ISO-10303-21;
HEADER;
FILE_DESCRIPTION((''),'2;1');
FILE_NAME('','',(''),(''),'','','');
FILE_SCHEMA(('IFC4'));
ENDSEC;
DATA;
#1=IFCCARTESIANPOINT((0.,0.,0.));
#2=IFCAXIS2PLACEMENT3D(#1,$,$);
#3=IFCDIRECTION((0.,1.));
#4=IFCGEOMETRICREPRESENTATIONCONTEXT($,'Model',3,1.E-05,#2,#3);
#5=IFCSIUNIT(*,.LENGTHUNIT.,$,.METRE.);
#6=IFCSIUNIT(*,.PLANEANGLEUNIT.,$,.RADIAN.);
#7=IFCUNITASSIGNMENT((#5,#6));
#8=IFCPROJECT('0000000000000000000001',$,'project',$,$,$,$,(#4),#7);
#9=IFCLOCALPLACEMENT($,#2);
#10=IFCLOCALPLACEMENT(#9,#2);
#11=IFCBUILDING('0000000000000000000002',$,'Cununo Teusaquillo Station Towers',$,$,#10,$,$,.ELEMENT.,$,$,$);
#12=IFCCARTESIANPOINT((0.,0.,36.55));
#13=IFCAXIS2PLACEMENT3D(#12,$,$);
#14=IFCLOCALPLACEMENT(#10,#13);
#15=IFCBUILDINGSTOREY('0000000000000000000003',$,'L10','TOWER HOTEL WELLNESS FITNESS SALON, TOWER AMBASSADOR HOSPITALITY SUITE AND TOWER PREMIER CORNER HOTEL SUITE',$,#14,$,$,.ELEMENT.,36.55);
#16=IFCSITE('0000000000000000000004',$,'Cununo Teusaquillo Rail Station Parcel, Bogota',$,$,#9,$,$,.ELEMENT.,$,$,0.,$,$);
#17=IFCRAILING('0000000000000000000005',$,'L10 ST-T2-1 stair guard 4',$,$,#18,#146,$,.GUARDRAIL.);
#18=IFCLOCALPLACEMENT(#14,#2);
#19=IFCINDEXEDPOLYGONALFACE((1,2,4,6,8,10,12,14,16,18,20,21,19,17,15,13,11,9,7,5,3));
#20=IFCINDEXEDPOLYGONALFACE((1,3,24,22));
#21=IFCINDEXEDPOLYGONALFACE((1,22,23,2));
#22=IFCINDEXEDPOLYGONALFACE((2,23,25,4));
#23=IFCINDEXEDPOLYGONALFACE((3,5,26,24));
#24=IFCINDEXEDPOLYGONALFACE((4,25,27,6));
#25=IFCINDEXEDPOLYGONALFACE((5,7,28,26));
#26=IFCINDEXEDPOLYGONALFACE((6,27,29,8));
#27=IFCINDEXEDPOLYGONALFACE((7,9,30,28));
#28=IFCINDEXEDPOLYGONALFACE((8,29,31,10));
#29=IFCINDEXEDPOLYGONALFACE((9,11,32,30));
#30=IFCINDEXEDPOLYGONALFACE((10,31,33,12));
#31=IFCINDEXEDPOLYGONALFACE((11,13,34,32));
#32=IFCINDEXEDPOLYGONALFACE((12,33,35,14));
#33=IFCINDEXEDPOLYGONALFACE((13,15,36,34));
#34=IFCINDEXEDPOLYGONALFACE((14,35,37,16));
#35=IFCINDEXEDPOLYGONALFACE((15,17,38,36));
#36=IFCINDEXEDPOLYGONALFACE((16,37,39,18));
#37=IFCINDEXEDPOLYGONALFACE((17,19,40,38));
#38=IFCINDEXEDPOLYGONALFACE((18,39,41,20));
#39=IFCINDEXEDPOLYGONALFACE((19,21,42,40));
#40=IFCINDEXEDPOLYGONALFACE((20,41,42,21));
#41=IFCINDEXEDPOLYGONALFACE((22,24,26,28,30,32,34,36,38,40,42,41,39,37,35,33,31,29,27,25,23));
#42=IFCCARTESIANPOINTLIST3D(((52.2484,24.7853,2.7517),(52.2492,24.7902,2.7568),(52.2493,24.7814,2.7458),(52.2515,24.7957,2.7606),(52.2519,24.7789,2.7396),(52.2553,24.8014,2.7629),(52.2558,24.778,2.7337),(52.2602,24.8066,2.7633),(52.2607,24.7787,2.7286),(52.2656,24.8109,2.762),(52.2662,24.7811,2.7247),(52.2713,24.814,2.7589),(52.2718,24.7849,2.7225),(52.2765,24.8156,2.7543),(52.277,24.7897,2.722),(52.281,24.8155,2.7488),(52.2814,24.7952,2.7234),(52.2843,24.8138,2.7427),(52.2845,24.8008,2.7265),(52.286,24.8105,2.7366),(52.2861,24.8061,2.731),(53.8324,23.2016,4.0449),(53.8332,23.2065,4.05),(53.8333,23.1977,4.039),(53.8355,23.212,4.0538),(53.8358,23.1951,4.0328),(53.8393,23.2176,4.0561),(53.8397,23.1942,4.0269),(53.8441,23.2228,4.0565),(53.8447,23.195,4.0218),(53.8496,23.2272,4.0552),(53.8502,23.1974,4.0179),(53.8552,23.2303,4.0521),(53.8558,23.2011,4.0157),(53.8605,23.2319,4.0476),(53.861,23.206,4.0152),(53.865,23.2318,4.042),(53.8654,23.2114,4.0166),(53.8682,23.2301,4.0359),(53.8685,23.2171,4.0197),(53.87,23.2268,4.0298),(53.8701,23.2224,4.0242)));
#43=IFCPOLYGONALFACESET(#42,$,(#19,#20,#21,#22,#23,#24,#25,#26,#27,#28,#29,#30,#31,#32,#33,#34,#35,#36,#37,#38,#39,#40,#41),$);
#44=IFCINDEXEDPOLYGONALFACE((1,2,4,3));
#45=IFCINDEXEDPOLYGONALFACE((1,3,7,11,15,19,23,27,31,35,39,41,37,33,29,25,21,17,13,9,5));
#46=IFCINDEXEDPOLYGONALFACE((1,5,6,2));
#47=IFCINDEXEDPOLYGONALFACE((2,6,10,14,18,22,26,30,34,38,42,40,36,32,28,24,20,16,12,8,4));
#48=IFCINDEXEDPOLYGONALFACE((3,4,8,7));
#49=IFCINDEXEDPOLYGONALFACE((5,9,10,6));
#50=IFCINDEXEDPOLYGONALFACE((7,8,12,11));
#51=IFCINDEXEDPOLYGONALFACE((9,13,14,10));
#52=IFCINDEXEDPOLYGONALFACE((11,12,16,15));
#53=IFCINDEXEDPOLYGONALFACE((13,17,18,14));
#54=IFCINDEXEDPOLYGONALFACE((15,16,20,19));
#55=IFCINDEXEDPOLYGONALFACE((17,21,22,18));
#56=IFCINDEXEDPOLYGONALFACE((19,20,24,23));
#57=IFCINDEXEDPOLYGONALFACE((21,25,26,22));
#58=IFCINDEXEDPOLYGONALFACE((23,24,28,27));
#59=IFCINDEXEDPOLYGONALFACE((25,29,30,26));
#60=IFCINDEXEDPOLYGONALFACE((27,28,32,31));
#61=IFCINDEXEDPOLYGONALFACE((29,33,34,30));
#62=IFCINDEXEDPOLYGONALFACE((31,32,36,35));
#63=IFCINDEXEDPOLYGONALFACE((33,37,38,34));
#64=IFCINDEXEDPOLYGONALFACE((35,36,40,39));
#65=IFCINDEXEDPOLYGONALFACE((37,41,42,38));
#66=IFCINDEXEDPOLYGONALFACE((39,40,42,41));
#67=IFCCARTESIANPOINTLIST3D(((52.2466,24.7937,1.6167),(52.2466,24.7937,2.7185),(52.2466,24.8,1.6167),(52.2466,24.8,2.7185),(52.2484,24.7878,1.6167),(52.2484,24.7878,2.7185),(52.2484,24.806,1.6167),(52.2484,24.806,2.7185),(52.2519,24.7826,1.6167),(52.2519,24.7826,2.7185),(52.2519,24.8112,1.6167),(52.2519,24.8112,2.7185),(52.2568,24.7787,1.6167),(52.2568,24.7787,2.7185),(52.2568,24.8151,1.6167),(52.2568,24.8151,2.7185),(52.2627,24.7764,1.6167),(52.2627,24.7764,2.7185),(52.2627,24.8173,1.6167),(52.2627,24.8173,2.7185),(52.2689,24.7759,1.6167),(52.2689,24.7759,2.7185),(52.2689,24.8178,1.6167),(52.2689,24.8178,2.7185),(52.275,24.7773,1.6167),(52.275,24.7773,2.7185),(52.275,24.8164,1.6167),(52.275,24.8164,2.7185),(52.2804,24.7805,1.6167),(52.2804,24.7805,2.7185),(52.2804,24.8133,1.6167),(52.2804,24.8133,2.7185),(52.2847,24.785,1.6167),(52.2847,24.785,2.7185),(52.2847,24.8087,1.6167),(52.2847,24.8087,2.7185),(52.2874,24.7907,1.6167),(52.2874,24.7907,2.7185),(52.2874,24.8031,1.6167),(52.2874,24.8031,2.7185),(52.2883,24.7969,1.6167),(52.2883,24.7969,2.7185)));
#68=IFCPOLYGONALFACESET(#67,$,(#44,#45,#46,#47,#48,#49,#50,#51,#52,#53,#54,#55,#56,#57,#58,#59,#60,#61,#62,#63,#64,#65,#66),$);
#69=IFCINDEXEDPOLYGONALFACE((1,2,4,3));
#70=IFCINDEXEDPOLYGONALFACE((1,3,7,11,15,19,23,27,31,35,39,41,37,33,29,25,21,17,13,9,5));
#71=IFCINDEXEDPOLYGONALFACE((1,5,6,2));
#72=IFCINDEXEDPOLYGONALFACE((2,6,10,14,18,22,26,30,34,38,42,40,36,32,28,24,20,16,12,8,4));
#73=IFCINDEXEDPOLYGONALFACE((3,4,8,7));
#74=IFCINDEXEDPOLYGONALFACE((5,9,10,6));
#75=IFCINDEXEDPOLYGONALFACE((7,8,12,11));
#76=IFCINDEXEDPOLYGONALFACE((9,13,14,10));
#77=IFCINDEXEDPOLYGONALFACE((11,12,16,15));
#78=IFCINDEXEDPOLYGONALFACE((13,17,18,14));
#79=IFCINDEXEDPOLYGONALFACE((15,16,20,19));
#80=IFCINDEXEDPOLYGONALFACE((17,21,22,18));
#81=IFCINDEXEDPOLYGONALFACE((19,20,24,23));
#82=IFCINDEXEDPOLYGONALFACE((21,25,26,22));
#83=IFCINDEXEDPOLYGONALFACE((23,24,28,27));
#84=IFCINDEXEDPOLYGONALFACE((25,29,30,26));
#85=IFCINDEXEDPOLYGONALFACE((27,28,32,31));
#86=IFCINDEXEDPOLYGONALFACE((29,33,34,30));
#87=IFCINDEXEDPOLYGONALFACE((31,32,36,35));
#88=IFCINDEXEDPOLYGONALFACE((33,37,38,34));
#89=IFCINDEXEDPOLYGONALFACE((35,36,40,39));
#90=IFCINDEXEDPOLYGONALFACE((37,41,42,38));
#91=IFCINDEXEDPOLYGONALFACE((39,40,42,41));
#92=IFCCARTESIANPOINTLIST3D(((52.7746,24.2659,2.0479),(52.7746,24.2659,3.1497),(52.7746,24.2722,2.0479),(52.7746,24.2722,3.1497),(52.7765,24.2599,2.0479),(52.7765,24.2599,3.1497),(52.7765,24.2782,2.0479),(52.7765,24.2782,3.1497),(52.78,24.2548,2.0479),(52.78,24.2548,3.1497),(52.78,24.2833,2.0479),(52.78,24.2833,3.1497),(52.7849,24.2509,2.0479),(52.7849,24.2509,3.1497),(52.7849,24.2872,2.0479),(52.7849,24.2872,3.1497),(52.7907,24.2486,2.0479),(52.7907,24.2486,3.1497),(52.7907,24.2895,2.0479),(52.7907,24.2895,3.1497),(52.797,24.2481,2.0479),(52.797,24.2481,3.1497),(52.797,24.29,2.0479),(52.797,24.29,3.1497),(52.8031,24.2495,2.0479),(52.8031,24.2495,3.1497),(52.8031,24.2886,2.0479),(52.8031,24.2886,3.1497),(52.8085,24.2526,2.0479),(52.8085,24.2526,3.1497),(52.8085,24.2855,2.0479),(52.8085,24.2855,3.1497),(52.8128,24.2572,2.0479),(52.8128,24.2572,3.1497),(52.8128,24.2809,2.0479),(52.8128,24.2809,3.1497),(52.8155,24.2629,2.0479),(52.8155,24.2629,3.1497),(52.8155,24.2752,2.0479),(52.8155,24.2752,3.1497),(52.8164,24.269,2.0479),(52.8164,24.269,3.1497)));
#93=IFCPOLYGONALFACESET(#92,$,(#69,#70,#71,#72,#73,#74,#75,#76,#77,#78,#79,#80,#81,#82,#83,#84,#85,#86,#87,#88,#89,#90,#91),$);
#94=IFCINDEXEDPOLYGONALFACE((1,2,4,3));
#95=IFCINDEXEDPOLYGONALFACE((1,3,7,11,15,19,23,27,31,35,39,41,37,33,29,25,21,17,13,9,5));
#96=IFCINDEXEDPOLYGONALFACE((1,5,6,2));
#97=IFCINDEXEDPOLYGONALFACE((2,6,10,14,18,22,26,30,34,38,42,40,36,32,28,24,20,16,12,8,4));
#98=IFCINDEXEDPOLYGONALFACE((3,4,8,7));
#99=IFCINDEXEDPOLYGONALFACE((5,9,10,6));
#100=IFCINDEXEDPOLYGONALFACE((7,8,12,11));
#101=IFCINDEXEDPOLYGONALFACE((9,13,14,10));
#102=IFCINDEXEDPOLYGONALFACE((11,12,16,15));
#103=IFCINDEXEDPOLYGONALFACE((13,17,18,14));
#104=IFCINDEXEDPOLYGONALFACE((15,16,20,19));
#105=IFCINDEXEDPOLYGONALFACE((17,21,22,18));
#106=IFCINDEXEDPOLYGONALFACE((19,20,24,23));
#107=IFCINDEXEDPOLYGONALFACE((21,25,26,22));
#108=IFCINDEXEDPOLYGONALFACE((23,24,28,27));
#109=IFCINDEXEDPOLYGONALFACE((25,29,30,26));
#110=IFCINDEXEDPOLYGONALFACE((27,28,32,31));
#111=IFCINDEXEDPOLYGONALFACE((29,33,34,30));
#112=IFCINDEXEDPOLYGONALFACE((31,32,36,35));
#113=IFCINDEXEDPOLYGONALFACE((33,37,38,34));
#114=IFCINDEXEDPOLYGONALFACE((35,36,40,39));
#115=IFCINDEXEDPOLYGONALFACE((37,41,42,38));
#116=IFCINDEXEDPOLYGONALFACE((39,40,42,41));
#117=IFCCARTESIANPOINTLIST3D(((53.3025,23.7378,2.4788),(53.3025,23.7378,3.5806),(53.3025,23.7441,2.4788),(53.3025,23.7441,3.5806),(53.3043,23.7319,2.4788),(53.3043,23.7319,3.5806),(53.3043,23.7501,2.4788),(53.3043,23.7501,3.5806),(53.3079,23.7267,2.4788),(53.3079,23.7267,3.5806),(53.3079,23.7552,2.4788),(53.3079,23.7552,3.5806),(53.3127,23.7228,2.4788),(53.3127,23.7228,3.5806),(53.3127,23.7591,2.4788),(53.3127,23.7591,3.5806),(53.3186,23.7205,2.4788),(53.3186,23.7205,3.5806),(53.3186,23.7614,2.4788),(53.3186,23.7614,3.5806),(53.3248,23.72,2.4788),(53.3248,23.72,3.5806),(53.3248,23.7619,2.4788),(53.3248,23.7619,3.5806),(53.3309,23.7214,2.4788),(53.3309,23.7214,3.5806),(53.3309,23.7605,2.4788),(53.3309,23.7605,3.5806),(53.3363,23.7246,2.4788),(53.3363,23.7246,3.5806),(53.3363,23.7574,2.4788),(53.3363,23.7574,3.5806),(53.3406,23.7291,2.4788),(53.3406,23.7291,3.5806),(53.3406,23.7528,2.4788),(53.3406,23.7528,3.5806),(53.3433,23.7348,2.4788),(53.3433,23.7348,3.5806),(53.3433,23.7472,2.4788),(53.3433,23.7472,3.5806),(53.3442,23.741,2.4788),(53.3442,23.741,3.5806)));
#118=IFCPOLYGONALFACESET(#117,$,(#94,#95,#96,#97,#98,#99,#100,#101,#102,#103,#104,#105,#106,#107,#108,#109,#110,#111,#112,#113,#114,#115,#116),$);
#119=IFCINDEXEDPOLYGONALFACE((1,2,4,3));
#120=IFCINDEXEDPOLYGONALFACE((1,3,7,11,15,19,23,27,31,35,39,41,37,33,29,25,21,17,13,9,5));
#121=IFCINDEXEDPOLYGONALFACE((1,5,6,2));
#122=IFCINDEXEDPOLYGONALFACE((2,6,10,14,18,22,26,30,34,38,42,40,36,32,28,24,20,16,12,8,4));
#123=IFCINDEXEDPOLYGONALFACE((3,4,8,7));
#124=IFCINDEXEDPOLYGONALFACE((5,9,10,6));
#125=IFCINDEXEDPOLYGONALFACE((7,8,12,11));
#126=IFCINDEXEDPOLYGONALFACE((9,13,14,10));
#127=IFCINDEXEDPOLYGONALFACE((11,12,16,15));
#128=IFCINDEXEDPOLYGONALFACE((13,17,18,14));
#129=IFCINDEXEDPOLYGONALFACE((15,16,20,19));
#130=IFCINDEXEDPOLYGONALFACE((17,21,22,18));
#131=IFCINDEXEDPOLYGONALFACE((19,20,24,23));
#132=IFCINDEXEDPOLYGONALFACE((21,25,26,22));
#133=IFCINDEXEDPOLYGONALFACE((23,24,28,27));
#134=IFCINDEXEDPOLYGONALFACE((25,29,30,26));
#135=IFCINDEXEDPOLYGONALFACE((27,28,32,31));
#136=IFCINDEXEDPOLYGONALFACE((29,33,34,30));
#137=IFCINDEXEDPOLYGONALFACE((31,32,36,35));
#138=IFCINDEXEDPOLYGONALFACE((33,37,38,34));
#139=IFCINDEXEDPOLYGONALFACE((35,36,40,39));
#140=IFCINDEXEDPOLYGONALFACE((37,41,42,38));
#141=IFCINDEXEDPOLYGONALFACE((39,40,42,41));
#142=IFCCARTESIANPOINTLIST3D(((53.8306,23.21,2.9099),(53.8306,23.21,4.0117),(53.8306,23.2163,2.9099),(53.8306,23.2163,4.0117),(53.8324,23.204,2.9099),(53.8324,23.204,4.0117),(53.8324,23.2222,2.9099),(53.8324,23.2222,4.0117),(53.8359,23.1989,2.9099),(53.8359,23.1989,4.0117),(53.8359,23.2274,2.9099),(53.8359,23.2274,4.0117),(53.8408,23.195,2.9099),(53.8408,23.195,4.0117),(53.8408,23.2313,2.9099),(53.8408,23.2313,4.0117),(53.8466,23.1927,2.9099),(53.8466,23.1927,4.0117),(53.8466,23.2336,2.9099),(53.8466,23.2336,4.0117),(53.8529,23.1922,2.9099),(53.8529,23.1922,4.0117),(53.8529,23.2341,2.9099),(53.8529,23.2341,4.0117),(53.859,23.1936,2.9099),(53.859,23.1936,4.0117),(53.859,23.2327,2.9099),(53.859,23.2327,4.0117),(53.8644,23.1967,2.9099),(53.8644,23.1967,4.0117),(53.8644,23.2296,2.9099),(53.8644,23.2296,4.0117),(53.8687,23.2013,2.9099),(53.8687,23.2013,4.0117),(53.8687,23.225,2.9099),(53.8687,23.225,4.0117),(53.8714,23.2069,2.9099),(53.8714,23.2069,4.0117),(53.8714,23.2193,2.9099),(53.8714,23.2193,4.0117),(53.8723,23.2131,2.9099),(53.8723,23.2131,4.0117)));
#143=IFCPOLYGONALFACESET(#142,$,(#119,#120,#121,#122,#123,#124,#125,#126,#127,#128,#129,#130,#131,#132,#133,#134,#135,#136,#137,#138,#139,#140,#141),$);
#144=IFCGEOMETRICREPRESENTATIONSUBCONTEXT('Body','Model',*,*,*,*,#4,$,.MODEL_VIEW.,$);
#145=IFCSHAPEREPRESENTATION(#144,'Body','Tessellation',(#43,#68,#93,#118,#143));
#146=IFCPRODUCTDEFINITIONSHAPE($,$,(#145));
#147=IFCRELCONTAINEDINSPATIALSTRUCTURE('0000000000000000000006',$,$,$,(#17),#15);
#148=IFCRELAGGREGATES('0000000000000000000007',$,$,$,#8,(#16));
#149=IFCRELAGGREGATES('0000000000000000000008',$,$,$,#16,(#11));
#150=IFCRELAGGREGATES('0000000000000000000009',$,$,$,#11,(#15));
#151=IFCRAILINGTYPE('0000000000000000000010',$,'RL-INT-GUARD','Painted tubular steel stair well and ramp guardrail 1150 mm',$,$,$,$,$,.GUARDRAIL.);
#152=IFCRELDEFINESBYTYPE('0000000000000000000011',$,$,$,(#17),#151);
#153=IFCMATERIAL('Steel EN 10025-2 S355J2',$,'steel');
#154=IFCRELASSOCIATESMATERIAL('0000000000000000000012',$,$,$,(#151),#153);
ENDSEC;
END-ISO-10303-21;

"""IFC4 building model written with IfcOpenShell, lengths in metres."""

from ifc_helpers import new_model, si_unit, direction, frame, origin, origin_2d, place, context, subcontext, project, spatial, circle, extrude, material, type_object, element, save


model = new_model("IFC4")

# Units and contexts
model_context = context("Model", 3, precision=1e-05, world=origin(), true_north=direction((0.0, 1.0)))
body_context = subcontext(model_context, "Body", "Model", "MODEL_VIEW")
ifc_project = project(units=[si_unit("LENGTHUNIT", "METRE"), si_unit("PLANEANGLEUNIT", "RADIAN")], contexts=[model_context])

# Site, building, storey
site_placement = place(None, origin())
site = spatial("IfcSite", under=ifc_project, at=site_placement, Name="Cununo Teusaquillo Rail Station Parcel, Bogota", CompositionType="ELEMENT", RefElevation=0.0)
building_placement = place(site_placement, origin())
building = spatial("IfcBuilding", under=site, at=building_placement, Name="Cununo Teusaquillo Station Towers", CompositionType="ELEMENT")
storey_placement = place(building_placement, frame((0.0, 0.0, 36.55)))
storey = spatial("IfcBuildingStorey", under=building, at=storey_placement, Name="L10", Description="TOWER HOTEL WELLNESS FITNESS SALON, TOWER AMBASSADOR HOSPITALITY SUITE AND TOWER PREMIER CORNER HOTEL SUITE", CompositionType="ELEMENT", Elevation=36.55)

# Railing
ifc_material_1 = material(Name="Steel EN 10025-2 S355J2", Category="steel")
railing_type_1 = type_object("IfcRailingType", Name="RL-INT-GUARD", Description="Painted tubular steel stair well and ramp guardrail 1150 mm", PredefinedType="GUARDRAIL", material=ifc_material_1)
railing_1_placement = place(storey_placement, frame((52.2673, 24.7969, 1.6167)))
element("IfcRailing", 1, at=railing_1_placement, inside=storey, type_object=railing_type_1, Name="L10 ST-T2-1 stair guard 4", PredefinedType="GUARDRAIL", context=body_context, shape_type="SweptSolid", body=[
    extrude(circle(Radius=0.0239, at=origin_2d()), frame((0.0, 0.0, 1.126), z_axis=(0.61242, -0.612326, 0.499998), x_axis=(0.707052, 0.707161, 0.0)), (0.0, 0.0, 1.0), 2.5864),
    extrude(circle(Radius=0.021, at=origin_2d()), origin(), (0.0, 0.0, 1.0), 1.1018),
    extrude(circle(Radius=0.021, at=origin_2d()), frame((0.5281, -0.5278, 0.4312)), (0.0, 0.0, 1.0), 1.1018),
    extrude(circle(Radius=0.021, at=origin_2d()), frame((1.0559, -1.0559, 0.8621)), (0.0, 0.0, 1.0), 1.1018),
    extrude(circle(Radius=0.021, at=origin_2d()), frame((1.584, -1.5837, 1.2932)), (0.0, 0.0, 1.0), 1.1018),
])

save(model, "model.ifc")
